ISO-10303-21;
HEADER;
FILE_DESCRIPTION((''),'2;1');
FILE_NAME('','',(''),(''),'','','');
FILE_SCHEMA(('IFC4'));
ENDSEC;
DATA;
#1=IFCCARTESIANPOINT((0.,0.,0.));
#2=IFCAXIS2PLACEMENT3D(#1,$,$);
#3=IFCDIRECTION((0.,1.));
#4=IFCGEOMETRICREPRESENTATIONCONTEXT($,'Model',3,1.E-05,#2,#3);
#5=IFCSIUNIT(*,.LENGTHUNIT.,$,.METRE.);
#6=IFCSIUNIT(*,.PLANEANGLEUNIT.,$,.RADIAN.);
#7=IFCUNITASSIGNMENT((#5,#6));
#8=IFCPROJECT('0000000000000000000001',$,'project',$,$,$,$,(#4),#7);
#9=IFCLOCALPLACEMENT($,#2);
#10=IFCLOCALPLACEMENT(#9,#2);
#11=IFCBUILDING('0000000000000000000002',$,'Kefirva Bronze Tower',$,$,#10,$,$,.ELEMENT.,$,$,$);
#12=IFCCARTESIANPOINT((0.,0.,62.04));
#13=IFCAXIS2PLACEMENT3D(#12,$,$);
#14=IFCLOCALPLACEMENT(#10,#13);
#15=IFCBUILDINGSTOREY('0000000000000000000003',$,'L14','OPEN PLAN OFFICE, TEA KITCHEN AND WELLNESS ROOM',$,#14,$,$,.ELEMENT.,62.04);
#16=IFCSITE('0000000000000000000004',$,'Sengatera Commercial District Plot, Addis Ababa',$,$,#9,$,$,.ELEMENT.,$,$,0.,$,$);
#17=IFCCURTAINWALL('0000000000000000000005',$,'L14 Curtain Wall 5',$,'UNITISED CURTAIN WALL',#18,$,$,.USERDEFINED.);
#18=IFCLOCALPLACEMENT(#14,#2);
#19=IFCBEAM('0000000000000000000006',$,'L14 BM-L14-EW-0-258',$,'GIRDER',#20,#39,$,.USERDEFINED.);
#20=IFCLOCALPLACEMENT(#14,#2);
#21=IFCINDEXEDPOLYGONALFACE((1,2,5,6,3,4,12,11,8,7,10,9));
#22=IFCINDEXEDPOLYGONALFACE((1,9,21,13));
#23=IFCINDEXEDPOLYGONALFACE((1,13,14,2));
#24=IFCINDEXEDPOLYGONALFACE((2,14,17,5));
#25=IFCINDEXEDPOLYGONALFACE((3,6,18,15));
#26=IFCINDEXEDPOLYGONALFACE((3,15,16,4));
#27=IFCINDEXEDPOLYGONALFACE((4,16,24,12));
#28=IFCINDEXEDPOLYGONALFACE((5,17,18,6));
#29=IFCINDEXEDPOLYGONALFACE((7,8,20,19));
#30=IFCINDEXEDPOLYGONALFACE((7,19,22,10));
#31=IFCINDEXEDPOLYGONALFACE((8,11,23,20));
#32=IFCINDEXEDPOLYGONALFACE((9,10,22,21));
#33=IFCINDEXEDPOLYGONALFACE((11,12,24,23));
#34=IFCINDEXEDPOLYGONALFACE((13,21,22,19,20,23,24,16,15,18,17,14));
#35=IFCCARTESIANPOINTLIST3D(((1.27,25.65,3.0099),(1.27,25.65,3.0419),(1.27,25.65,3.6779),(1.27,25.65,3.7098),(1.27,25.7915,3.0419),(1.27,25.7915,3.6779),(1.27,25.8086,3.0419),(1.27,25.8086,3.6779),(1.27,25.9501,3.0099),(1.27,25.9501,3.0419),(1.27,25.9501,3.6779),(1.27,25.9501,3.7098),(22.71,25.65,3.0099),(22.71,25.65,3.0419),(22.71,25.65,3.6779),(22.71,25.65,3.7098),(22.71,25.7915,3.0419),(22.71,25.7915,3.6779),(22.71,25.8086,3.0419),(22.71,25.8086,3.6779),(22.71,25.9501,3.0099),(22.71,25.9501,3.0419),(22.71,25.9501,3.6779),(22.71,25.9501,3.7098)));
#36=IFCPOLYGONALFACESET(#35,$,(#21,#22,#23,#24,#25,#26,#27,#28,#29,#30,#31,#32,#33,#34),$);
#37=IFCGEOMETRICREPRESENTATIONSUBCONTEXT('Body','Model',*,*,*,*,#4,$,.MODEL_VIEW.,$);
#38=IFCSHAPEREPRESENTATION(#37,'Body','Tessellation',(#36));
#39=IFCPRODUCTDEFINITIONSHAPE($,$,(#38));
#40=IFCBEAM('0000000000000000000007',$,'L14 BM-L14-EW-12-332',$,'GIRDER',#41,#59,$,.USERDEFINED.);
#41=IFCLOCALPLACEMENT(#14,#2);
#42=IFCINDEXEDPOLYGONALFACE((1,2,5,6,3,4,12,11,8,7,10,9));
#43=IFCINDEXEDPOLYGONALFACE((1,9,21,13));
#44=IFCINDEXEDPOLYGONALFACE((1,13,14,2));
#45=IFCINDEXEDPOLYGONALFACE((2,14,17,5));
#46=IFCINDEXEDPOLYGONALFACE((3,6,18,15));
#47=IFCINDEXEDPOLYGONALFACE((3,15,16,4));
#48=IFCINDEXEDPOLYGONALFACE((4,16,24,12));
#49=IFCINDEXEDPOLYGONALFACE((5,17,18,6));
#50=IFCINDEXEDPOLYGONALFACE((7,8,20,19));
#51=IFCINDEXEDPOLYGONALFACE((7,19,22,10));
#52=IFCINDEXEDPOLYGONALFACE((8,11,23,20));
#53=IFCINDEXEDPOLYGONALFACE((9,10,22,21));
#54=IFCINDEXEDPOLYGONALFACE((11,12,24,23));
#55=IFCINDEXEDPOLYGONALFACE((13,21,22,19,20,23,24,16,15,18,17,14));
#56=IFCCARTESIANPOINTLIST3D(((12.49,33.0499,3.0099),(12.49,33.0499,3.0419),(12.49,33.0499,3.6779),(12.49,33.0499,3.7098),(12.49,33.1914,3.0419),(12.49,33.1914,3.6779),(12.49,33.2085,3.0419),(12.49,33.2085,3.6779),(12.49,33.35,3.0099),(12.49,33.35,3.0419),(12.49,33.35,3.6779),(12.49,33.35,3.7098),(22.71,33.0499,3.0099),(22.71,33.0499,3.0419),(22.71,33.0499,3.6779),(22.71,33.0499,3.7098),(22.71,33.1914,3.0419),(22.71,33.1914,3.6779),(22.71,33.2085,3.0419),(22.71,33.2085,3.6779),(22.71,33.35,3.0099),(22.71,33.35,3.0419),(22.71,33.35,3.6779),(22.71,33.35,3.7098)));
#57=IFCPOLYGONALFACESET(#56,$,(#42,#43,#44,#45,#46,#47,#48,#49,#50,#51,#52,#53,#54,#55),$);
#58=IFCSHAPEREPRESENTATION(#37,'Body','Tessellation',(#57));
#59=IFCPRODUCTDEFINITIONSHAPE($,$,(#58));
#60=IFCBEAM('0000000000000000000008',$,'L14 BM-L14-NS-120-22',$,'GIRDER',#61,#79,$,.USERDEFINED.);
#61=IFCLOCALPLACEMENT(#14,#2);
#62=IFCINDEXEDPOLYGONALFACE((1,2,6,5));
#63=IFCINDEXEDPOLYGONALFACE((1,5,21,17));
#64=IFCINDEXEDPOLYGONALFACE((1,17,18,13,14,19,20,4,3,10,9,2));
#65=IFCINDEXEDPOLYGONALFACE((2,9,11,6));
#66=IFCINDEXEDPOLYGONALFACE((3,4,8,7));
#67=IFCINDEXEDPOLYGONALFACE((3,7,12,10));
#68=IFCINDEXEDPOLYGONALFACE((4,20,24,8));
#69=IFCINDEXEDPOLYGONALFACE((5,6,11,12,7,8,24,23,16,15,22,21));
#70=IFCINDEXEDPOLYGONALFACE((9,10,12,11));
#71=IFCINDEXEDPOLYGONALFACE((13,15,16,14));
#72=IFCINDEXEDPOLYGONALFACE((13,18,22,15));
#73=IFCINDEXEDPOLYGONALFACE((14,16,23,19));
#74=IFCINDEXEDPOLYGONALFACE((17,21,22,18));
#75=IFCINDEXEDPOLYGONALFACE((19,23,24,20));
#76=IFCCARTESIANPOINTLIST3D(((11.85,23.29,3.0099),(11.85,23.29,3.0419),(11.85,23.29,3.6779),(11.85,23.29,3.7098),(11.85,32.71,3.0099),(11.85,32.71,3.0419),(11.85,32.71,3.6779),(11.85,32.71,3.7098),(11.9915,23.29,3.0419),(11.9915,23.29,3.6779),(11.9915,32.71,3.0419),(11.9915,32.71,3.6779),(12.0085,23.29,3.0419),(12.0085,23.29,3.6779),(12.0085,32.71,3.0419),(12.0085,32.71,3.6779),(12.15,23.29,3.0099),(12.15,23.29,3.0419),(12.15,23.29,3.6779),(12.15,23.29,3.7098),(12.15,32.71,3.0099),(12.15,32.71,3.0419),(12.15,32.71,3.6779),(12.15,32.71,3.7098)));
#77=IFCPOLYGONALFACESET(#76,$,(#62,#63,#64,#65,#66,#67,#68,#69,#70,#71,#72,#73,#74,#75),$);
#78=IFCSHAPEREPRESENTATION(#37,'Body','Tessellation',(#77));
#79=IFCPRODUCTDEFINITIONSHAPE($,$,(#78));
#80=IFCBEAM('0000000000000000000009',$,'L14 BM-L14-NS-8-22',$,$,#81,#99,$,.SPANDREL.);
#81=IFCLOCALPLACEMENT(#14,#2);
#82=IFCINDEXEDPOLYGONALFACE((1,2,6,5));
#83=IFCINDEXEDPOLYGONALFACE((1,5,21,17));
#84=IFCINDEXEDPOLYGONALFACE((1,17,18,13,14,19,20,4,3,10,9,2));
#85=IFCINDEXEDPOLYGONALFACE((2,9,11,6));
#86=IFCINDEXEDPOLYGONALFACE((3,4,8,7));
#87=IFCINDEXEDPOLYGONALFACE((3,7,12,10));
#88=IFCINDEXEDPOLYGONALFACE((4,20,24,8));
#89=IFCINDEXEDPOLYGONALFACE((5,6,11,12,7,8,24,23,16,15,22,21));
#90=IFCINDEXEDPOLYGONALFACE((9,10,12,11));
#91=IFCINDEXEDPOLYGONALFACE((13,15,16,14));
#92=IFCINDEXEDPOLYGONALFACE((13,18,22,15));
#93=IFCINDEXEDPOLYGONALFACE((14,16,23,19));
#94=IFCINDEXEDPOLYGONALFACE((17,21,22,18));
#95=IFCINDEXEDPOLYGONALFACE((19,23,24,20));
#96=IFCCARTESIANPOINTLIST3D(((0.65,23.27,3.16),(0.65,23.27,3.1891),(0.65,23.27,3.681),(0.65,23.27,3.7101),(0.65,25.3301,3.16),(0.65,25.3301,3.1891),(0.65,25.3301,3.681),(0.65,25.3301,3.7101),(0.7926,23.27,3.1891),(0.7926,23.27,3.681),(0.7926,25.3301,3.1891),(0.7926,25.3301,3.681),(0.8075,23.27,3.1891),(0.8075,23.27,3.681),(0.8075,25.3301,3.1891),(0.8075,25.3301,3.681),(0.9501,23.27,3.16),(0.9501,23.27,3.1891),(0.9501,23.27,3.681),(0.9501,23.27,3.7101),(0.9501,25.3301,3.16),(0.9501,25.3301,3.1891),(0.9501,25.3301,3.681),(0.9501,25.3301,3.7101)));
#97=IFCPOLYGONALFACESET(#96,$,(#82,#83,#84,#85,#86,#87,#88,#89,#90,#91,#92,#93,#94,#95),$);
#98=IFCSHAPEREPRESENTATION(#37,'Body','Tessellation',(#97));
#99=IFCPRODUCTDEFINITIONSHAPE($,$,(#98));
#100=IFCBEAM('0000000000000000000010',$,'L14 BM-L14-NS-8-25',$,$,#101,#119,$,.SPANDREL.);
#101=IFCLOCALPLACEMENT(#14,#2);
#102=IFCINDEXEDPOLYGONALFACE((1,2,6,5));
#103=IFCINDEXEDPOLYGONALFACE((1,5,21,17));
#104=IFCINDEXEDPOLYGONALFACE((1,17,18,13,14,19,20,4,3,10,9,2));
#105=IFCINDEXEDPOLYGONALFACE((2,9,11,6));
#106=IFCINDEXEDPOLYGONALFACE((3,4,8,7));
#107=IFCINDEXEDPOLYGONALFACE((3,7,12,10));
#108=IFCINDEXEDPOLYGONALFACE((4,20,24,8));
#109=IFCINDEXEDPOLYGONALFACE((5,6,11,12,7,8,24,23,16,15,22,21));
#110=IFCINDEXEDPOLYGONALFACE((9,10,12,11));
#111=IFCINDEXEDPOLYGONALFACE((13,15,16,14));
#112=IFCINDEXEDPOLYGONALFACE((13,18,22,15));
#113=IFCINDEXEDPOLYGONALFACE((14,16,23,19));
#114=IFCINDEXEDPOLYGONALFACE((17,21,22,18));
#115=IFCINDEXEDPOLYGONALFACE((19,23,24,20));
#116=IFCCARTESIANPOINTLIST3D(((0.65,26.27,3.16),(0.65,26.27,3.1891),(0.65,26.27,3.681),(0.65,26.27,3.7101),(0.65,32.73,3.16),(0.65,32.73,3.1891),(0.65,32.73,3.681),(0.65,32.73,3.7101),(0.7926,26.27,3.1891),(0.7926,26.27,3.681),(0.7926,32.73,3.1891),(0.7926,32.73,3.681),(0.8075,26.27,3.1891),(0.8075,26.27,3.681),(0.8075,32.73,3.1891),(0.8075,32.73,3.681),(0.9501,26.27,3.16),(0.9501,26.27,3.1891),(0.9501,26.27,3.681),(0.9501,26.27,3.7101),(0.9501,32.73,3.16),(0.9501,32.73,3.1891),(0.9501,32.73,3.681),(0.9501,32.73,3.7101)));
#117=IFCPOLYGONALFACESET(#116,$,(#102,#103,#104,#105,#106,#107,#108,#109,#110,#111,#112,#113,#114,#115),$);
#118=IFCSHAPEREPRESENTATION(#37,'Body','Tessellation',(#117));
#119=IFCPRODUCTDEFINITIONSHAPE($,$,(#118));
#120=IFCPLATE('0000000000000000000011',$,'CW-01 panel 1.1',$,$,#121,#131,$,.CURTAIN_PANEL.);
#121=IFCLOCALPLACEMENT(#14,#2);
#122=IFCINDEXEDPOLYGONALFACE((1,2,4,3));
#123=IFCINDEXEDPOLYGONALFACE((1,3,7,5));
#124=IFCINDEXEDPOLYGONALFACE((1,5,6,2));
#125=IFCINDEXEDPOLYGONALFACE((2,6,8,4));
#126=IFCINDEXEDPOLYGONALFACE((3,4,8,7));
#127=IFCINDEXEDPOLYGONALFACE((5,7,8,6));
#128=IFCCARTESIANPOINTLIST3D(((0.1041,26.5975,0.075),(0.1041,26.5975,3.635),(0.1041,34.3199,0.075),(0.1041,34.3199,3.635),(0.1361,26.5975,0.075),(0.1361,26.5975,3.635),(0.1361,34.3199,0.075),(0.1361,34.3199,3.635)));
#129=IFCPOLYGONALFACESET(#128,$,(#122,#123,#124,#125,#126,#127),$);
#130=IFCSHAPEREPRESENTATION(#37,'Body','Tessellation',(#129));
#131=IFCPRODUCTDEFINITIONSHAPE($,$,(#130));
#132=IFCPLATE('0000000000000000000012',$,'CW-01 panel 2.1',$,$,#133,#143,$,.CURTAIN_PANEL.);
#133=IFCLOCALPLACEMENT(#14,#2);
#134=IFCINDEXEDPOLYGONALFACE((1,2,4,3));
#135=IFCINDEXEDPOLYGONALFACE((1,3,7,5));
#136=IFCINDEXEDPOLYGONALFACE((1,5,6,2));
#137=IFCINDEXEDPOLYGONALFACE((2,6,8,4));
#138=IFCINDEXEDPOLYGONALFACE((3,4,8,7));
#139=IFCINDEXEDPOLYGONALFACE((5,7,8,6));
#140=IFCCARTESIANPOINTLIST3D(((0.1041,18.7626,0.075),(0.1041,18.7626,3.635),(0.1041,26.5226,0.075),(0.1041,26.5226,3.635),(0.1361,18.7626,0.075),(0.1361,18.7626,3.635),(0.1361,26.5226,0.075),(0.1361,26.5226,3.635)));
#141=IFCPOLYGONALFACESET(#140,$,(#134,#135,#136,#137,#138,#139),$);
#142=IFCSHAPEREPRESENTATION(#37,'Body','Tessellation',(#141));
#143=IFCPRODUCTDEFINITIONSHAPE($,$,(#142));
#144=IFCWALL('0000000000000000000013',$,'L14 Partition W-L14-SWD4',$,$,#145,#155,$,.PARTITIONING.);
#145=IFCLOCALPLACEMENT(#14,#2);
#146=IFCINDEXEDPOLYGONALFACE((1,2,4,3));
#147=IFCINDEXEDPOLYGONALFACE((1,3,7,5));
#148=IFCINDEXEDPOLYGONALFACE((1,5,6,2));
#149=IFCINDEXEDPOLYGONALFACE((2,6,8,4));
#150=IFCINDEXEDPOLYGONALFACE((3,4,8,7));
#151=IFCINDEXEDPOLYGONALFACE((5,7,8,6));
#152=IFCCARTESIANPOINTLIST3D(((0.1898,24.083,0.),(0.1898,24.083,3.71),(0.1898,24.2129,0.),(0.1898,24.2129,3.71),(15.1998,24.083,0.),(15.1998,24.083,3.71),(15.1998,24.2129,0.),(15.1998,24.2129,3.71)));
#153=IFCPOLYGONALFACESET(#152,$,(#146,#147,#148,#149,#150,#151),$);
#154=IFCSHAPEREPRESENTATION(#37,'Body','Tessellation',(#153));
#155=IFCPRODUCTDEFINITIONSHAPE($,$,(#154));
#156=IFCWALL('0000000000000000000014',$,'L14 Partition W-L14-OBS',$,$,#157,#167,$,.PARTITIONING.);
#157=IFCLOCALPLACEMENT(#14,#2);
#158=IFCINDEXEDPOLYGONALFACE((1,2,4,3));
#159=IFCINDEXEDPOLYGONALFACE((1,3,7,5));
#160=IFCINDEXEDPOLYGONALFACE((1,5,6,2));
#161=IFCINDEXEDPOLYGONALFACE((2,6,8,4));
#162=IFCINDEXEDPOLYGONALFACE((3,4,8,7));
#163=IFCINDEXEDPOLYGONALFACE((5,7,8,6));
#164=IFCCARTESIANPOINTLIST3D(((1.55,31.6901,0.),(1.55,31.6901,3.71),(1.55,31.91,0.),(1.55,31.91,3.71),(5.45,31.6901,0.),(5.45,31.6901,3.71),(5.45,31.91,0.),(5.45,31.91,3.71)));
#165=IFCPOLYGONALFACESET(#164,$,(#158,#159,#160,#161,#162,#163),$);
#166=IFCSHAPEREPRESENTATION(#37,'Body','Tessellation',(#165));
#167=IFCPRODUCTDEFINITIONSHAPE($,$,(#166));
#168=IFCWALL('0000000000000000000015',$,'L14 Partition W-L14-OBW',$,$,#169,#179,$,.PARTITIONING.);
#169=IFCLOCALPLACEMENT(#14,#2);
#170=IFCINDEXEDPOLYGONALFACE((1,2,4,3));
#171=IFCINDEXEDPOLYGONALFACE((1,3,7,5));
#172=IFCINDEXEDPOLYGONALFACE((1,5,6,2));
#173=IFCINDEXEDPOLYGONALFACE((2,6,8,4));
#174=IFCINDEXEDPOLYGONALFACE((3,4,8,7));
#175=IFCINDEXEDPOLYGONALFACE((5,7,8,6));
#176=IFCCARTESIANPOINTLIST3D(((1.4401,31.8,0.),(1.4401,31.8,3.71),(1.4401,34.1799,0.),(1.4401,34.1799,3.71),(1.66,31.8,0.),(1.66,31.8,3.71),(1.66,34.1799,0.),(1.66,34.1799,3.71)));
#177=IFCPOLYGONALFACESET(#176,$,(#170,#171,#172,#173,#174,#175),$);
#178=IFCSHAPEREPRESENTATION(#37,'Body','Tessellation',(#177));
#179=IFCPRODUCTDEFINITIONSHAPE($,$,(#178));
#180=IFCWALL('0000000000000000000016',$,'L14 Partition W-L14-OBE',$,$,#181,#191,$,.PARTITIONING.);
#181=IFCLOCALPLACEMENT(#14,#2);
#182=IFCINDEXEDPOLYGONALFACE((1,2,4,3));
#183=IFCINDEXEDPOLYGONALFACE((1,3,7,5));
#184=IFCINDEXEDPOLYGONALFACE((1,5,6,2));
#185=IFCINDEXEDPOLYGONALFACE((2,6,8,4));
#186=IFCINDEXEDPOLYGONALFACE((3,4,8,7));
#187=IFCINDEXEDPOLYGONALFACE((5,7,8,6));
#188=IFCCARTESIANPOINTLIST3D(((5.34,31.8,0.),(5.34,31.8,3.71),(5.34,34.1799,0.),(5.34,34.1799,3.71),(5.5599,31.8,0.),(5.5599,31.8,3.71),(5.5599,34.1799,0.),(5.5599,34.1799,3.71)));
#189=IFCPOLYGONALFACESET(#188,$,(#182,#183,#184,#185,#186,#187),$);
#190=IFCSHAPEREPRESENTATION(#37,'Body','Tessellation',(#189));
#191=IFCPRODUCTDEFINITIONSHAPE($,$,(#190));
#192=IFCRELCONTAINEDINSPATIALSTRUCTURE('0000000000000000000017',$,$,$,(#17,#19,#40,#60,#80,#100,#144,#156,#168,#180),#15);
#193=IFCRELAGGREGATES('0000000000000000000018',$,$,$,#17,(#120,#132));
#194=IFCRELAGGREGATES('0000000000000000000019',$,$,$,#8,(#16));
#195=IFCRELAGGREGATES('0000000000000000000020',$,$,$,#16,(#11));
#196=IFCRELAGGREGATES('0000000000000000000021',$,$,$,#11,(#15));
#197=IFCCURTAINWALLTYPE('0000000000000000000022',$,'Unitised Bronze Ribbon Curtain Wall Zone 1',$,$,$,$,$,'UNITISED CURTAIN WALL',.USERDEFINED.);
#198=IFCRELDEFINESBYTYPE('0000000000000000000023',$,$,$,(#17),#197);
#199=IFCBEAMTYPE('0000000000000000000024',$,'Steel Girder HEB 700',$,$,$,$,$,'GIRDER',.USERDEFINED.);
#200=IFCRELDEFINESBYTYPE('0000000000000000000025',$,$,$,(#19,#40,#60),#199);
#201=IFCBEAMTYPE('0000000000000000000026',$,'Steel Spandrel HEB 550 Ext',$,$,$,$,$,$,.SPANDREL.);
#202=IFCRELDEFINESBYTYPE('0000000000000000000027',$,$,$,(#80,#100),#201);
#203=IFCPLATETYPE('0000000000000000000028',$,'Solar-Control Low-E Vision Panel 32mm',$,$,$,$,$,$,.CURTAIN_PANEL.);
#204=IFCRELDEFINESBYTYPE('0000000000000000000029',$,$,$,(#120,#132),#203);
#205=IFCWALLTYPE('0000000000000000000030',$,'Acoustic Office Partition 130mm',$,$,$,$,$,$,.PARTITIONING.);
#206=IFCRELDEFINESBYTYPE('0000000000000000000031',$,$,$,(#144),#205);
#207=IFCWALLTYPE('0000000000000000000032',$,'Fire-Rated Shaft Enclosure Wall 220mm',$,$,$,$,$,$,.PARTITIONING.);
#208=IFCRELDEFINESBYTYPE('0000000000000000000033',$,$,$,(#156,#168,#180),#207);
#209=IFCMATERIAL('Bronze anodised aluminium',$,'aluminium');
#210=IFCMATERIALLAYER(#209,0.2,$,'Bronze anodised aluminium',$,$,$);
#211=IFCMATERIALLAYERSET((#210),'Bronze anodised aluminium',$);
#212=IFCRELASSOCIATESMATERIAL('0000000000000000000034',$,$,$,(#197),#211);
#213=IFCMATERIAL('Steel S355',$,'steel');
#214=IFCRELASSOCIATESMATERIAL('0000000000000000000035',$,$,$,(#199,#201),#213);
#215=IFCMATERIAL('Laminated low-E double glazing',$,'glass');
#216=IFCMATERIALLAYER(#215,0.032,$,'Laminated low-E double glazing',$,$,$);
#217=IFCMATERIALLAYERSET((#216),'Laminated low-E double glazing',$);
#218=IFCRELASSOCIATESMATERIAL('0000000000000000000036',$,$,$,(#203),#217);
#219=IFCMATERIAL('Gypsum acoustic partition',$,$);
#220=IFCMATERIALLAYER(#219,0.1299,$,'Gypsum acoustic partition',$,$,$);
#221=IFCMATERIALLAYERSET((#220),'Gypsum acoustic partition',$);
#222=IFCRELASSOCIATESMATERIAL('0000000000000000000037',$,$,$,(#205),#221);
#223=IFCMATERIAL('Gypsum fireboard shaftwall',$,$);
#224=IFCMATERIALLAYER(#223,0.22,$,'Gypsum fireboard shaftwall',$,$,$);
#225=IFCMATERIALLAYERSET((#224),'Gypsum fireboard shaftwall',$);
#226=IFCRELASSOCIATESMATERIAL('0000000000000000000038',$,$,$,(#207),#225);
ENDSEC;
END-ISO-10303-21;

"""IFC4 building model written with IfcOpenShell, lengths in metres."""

from ifc_helpers import new_model, si_unit, direction, frame, frame_2d, origin, origin_2d, place, context, subcontext, project, spatial, rectangle, i_section, extrude, material, layer, layer_set, material_profile, profile_set, type_object, element, aggregate, save


model = new_model("IFC4")

# Units and contexts
model_context = context("Model", 3, precision=1e-05, world=origin(), true_north=direction((0.0, 1.0)))
body_context = subcontext(model_context, "Body", "Model", "MODEL_VIEW")
ifc_project = project(units=[si_unit("LENGTHUNIT", "METRE"), si_unit("PLANEANGLEUNIT", "RADIAN")], contexts=[model_context])

# Site, building, storey
site_placement = place(None, origin())
site = spatial("IfcSite", under=ifc_project, at=site_placement, Name="Sengatera Commercial District Plot, Addis Ababa", CompositionType="ELEMENT", RefElevation=0.0)
building_placement = place(site_placement, origin())
building = spatial("IfcBuilding", under=site, at=building_placement, Name="Kefirva Bronze Tower", CompositionType="ELEMENT")
storey_placement = place(building_placement, frame((0.0, 0.0, 62.04)))
storey = spatial("IfcBuildingStorey", under=building, at=storey_placement, Name="L14", Description="OPEN PLAN OFFICE, TEA KITCHEN AND WELLNESS ROOM", CompositionType="ELEMENT", Elevation=62.04)

# Curtain wall
ifc_material_1 = material(Name="Bronze anodised aluminium", Category="aluminium")
ifc_layer_1 = layer(ifc_material_1, 0.2, Name="Bronze anodised aluminium")
ifc_layer_set_1 = layer_set([ifc_layer_1], Name="Bronze anodised aluminium")
curtain_wall_type = type_object("IfcCurtainWallType", Name="Unitised Bronze Ribbon Curtain Wall Zone 1", ElementType="UNITISED CURTAIN WALL", PredefinedType="USERDEFINED", material=ifc_layer_set_1)
curtain_wall_placement = place(storey_placement, origin())
curtain_wall = element("IfcCurtainWall", 1, at=curtain_wall_placement, inside=storey, type_object=curtain_wall_type, Name="L14 Curtain Wall 5", ObjectType="UNITISED CURTAIN WALL", PredefinedType="USERDEFINED")

# Beams
ifc_material_2 = material(Name="Steel S355", Category="steel")
ifc_material_profile_1 = material_profile(ifc_material_2, i_section(OverallWidth=0.3, OverallDepth=0.7, WebThickness=0.0171, FlangeThickness=0.032, at=origin_2d()), Name="HEB 700")
ifc_profile_set_1 = profile_set([ifc_material_profile_1], Name="Steel S355")
beam_type_1 = type_object("IfcBeamType", Name="Steel Girder HEB 700", ElementType="GIRDER", PredefinedType="USERDEFINED", material=ifc_profile_set_1)
beam_1_placement = place(storey_placement, frame((1.27, 25.8, 3.3599), z_axis=(1.0, 0.0, 0.0), x_axis=(0.0, 1.0, 0.0)))
element("IfcBeam", 2, at=beam_1_placement, inside=storey, type_object=beam_type_1, Name="L14 BM-L14-EW-0-258", ObjectType="GIRDER", PredefinedType="USERDEFINED", context=body_context, shape_type="SweptSolid", body=[
    extrude(i_section(OverallWidth=0.3, OverallDepth=0.7, WebThickness=0.0171, FlangeThickness=0.032, at=origin_2d()), origin(), (0.0, 0.0, 1.0), 21.4399),
])
beam_2_placement = place(storey_placement, frame((12.49, 33.2, 3.3599), z_axis=(1.0, 0.0, 0.0), x_axis=(0.0, 1.0, 0.0)))
element("IfcBeam", 3, at=beam_2_placement, inside=storey, type_object=beam_type_1, Name="L14 BM-L14-EW-12-332", ObjectType="GIRDER", PredefinedType="USERDEFINED", context=body_context, shape_type="SweptSolid", body=[
    extrude(i_section(OverallWidth=0.3, OverallDepth=0.7, WebThickness=0.0171, FlangeThickness=0.032, at=origin_2d()), origin(), (0.0, 0.0, 1.0), 10.22),
])
beam_3_placement = place(storey_placement, frame((12.0, 23.29, 3.3599), z_axis=(0.0, 1.0, 0.0), x_axis=(-1.0, 0.0, 0.0)))
element("IfcBeam", 4, at=beam_3_placement, inside=storey, type_object=beam_type_1, Name="L14 BM-L14-NS-120-22", ObjectType="GIRDER", PredefinedType="USERDEFINED", context=body_context, shape_type="SweptSolid", body=[
    extrude(i_section(OverallWidth=0.3, OverallDepth=0.7, WebThickness=0.0171, FlangeThickness=0.032, at=origin_2d()), origin(), (0.0, 0.0, 1.0), 9.4199),
])
ifc_material_profile_2 = material_profile(ifc_material_2, i_section(OverallWidth=0.3, OverallDepth=0.55, WebThickness=0.0149, FlangeThickness=0.0291, at=origin_2d()), Name="HEB 550")
ifc_profile_set_2 = profile_set([ifc_material_profile_2], Name="Steel S355")
beam_type_2 = type_object("IfcBeamType", Name="Steel Spandrel HEB 550 Ext", PredefinedType="SPANDREL", material=ifc_profile_set_2)
beam_4_placement = place(storey_placement, frame((0.8, 23.27, 3.4351), z_axis=(0.0, 1.0, 0.0), x_axis=(-1.0, 0.0, 0.0)))
element("IfcBeam", 5, at=beam_4_placement, inside=storey, type_object=beam_type_2, Name="L14 BM-L14-NS-8-22", PredefinedType="SPANDREL", context=body_context, shape_type="SweptSolid", body=[
    extrude(i_section(OverallWidth=0.3, OverallDepth=0.55, WebThickness=0.0149, FlangeThickness=0.0291, at=origin_2d()), origin(), (0.0, 0.0, 1.0), 2.0601),
])
beam_5_placement = place(storey_placement, frame((0.8, 26.27, 3.4351), z_axis=(0.0, 1.0, 0.0), x_axis=(-1.0, 0.0, 0.0)))
element("IfcBeam", 6, at=beam_5_placement, inside=storey, type_object=beam_type_2, Name="L14 BM-L14-NS-8-25", PredefinedType="SPANDREL", context=body_context, shape_type="SweptSolid", body=[
    extrude(i_section(OverallWidth=0.3, OverallDepth=0.55, WebThickness=0.0149, FlangeThickness=0.0291, at=origin_2d()), origin(), (0.0, 0.0, 1.0), 6.46),
])

# Plates
ifc_material_3 = material(Name="Laminated low-E double glazing", Category="glass")
ifc_layer_2 = layer(ifc_material_3, 0.032, Name="Laminated low-E double glazing")
ifc_layer_set_2 = layer_set([ifc_layer_2], Name="Laminated low-E double glazing")
plate_type = type_object("IfcPlateType", Name="Solar-Control Low-E Vision Panel 32mm", PredefinedType="CURTAIN_PANEL", material=ifc_layer_set_2)
plate_1_placement = place(storey_placement, frame((0.1201, 30.4587, 0.075), z_axis=(0.0, 0.0, 1.0), x_axis=(0.0, -1.0, 0.0)))
plate_1 = element("IfcPlate", 7, at=plate_1_placement, type_object=plate_type, Name="CW-01 panel 1.1", PredefinedType="CURTAIN_PANEL", context=body_context, shape_type="SweptSolid", body=[
    extrude(rectangle(XDim=7.7224, YDim=0.032, at=origin_2d()), origin(), (0.0, 0.0, 1.0), 3.5601),
])
plate_2_placement = place(storey_placement, frame((0.1201, 22.6426, 0.075), z_axis=(0.0, 0.0, 1.0), x_axis=(0.0, -1.0, 0.0)))
plate_2 = element("IfcPlate", 8, at=plate_2_placement, type_object=plate_type, Name="CW-01 panel 2.1", PredefinedType="CURTAIN_PANEL", context=body_context, shape_type="SweptSolid", body=[
    extrude(rectangle(XDim=7.76, YDim=0.032, at=origin_2d()), origin(), (0.0, 0.0, 1.0), 3.5601),
])
aggregate(curtain_wall, [plate_1, plate_2])

# Walls
ifc_material_4 = material(Name="Gypsum acoustic partition")
ifc_layer_3 = layer(ifc_material_4, 0.1299, Name="Gypsum acoustic partition")
ifc_layer_set_3 = layer_set([ifc_layer_3], Name="Gypsum acoustic partition")
wall_type_1 = type_object("IfcWallType", Name="Acoustic Office Partition 130mm", PredefinedType="PARTITIONING", material=ifc_layer_set_3)
wall_1_placement = place(storey_placement, frame((0.1899, 24.1479, 0.0), z_axis=(0.0, 0.0, 1.0), x_axis=(1.0, 0.0, 0.0)))
element("IfcWall", 9, at=wall_1_placement, inside=storey, type_object=wall_type_1, Name="L14 Partition W-L14-SWD4", PredefinedType="PARTITIONING", context=body_context, shape_type="SweptSolid", body=[
    extrude(rectangle(XDim=15.01, YDim=0.1299, at=frame_2d((7.5049, 0.0))), origin(), (0.0, 0.0, 1.0), 3.71),
])
ifc_material_5 = material(Name="Gypsum fireboard shaftwall")
ifc_layer_4 = layer(ifc_material_5, 0.22, Name="Gypsum fireboard shaftwall")
ifc_layer_set_4 = layer_set([ifc_layer_4], Name="Gypsum fireboard shaftwall")
wall_type_2 = type_object("IfcWallType", Name="Fire-Rated Shaft Enclosure Wall 220mm", PredefinedType="PARTITIONING", material=ifc_layer_set_4)
wall_2_placement = place(storey_placement, frame((1.55, 31.8, 0.0), z_axis=(0.0, 0.0, 1.0), x_axis=(1.0, 0.0, 0.0)))
element("IfcWall", 10, at=wall_2_placement, inside=storey, type_object=wall_type_2, Name="L14 Partition W-L14-OBS", PredefinedType="PARTITIONING", context=body_context, shape_type="SweptSolid", body=[
    extrude(rectangle(XDim=3.8999, YDim=0.22, at=frame_2d((1.95, 0.0))), origin(), (0.0, 0.0, 1.0), 3.71),
])
for number, where, z_axis, x_axis, name in (
    (11, (1.55, 31.8, 0.0), (0.0, 0.0, 1.0), (0.0, 1.0, 0.0), "L14 Partition W-L14-OBW"),
    (12, (5.45, 31.8, 0.0), (0.0, 0.0, 1.0), (0.0, 1.0, 0.0), "L14 Partition W-L14-OBE"),
):
    element("IfcWall", number, at=place(storey_placement, frame(where, z_axis=z_axis, x_axis=x_axis)), inside=storey, type_object=wall_type_2, Name=name, PredefinedType="PARTITIONING", context=body_context, shape_type="SweptSolid", body=[
        extrude(rectangle(XDim=2.3799, YDim=0.22, at=frame_2d((1.1899, 0.0))), origin(), (0.0, 0.0, 1.0), 3.71),
    ])

save(model, "model.ifc")
